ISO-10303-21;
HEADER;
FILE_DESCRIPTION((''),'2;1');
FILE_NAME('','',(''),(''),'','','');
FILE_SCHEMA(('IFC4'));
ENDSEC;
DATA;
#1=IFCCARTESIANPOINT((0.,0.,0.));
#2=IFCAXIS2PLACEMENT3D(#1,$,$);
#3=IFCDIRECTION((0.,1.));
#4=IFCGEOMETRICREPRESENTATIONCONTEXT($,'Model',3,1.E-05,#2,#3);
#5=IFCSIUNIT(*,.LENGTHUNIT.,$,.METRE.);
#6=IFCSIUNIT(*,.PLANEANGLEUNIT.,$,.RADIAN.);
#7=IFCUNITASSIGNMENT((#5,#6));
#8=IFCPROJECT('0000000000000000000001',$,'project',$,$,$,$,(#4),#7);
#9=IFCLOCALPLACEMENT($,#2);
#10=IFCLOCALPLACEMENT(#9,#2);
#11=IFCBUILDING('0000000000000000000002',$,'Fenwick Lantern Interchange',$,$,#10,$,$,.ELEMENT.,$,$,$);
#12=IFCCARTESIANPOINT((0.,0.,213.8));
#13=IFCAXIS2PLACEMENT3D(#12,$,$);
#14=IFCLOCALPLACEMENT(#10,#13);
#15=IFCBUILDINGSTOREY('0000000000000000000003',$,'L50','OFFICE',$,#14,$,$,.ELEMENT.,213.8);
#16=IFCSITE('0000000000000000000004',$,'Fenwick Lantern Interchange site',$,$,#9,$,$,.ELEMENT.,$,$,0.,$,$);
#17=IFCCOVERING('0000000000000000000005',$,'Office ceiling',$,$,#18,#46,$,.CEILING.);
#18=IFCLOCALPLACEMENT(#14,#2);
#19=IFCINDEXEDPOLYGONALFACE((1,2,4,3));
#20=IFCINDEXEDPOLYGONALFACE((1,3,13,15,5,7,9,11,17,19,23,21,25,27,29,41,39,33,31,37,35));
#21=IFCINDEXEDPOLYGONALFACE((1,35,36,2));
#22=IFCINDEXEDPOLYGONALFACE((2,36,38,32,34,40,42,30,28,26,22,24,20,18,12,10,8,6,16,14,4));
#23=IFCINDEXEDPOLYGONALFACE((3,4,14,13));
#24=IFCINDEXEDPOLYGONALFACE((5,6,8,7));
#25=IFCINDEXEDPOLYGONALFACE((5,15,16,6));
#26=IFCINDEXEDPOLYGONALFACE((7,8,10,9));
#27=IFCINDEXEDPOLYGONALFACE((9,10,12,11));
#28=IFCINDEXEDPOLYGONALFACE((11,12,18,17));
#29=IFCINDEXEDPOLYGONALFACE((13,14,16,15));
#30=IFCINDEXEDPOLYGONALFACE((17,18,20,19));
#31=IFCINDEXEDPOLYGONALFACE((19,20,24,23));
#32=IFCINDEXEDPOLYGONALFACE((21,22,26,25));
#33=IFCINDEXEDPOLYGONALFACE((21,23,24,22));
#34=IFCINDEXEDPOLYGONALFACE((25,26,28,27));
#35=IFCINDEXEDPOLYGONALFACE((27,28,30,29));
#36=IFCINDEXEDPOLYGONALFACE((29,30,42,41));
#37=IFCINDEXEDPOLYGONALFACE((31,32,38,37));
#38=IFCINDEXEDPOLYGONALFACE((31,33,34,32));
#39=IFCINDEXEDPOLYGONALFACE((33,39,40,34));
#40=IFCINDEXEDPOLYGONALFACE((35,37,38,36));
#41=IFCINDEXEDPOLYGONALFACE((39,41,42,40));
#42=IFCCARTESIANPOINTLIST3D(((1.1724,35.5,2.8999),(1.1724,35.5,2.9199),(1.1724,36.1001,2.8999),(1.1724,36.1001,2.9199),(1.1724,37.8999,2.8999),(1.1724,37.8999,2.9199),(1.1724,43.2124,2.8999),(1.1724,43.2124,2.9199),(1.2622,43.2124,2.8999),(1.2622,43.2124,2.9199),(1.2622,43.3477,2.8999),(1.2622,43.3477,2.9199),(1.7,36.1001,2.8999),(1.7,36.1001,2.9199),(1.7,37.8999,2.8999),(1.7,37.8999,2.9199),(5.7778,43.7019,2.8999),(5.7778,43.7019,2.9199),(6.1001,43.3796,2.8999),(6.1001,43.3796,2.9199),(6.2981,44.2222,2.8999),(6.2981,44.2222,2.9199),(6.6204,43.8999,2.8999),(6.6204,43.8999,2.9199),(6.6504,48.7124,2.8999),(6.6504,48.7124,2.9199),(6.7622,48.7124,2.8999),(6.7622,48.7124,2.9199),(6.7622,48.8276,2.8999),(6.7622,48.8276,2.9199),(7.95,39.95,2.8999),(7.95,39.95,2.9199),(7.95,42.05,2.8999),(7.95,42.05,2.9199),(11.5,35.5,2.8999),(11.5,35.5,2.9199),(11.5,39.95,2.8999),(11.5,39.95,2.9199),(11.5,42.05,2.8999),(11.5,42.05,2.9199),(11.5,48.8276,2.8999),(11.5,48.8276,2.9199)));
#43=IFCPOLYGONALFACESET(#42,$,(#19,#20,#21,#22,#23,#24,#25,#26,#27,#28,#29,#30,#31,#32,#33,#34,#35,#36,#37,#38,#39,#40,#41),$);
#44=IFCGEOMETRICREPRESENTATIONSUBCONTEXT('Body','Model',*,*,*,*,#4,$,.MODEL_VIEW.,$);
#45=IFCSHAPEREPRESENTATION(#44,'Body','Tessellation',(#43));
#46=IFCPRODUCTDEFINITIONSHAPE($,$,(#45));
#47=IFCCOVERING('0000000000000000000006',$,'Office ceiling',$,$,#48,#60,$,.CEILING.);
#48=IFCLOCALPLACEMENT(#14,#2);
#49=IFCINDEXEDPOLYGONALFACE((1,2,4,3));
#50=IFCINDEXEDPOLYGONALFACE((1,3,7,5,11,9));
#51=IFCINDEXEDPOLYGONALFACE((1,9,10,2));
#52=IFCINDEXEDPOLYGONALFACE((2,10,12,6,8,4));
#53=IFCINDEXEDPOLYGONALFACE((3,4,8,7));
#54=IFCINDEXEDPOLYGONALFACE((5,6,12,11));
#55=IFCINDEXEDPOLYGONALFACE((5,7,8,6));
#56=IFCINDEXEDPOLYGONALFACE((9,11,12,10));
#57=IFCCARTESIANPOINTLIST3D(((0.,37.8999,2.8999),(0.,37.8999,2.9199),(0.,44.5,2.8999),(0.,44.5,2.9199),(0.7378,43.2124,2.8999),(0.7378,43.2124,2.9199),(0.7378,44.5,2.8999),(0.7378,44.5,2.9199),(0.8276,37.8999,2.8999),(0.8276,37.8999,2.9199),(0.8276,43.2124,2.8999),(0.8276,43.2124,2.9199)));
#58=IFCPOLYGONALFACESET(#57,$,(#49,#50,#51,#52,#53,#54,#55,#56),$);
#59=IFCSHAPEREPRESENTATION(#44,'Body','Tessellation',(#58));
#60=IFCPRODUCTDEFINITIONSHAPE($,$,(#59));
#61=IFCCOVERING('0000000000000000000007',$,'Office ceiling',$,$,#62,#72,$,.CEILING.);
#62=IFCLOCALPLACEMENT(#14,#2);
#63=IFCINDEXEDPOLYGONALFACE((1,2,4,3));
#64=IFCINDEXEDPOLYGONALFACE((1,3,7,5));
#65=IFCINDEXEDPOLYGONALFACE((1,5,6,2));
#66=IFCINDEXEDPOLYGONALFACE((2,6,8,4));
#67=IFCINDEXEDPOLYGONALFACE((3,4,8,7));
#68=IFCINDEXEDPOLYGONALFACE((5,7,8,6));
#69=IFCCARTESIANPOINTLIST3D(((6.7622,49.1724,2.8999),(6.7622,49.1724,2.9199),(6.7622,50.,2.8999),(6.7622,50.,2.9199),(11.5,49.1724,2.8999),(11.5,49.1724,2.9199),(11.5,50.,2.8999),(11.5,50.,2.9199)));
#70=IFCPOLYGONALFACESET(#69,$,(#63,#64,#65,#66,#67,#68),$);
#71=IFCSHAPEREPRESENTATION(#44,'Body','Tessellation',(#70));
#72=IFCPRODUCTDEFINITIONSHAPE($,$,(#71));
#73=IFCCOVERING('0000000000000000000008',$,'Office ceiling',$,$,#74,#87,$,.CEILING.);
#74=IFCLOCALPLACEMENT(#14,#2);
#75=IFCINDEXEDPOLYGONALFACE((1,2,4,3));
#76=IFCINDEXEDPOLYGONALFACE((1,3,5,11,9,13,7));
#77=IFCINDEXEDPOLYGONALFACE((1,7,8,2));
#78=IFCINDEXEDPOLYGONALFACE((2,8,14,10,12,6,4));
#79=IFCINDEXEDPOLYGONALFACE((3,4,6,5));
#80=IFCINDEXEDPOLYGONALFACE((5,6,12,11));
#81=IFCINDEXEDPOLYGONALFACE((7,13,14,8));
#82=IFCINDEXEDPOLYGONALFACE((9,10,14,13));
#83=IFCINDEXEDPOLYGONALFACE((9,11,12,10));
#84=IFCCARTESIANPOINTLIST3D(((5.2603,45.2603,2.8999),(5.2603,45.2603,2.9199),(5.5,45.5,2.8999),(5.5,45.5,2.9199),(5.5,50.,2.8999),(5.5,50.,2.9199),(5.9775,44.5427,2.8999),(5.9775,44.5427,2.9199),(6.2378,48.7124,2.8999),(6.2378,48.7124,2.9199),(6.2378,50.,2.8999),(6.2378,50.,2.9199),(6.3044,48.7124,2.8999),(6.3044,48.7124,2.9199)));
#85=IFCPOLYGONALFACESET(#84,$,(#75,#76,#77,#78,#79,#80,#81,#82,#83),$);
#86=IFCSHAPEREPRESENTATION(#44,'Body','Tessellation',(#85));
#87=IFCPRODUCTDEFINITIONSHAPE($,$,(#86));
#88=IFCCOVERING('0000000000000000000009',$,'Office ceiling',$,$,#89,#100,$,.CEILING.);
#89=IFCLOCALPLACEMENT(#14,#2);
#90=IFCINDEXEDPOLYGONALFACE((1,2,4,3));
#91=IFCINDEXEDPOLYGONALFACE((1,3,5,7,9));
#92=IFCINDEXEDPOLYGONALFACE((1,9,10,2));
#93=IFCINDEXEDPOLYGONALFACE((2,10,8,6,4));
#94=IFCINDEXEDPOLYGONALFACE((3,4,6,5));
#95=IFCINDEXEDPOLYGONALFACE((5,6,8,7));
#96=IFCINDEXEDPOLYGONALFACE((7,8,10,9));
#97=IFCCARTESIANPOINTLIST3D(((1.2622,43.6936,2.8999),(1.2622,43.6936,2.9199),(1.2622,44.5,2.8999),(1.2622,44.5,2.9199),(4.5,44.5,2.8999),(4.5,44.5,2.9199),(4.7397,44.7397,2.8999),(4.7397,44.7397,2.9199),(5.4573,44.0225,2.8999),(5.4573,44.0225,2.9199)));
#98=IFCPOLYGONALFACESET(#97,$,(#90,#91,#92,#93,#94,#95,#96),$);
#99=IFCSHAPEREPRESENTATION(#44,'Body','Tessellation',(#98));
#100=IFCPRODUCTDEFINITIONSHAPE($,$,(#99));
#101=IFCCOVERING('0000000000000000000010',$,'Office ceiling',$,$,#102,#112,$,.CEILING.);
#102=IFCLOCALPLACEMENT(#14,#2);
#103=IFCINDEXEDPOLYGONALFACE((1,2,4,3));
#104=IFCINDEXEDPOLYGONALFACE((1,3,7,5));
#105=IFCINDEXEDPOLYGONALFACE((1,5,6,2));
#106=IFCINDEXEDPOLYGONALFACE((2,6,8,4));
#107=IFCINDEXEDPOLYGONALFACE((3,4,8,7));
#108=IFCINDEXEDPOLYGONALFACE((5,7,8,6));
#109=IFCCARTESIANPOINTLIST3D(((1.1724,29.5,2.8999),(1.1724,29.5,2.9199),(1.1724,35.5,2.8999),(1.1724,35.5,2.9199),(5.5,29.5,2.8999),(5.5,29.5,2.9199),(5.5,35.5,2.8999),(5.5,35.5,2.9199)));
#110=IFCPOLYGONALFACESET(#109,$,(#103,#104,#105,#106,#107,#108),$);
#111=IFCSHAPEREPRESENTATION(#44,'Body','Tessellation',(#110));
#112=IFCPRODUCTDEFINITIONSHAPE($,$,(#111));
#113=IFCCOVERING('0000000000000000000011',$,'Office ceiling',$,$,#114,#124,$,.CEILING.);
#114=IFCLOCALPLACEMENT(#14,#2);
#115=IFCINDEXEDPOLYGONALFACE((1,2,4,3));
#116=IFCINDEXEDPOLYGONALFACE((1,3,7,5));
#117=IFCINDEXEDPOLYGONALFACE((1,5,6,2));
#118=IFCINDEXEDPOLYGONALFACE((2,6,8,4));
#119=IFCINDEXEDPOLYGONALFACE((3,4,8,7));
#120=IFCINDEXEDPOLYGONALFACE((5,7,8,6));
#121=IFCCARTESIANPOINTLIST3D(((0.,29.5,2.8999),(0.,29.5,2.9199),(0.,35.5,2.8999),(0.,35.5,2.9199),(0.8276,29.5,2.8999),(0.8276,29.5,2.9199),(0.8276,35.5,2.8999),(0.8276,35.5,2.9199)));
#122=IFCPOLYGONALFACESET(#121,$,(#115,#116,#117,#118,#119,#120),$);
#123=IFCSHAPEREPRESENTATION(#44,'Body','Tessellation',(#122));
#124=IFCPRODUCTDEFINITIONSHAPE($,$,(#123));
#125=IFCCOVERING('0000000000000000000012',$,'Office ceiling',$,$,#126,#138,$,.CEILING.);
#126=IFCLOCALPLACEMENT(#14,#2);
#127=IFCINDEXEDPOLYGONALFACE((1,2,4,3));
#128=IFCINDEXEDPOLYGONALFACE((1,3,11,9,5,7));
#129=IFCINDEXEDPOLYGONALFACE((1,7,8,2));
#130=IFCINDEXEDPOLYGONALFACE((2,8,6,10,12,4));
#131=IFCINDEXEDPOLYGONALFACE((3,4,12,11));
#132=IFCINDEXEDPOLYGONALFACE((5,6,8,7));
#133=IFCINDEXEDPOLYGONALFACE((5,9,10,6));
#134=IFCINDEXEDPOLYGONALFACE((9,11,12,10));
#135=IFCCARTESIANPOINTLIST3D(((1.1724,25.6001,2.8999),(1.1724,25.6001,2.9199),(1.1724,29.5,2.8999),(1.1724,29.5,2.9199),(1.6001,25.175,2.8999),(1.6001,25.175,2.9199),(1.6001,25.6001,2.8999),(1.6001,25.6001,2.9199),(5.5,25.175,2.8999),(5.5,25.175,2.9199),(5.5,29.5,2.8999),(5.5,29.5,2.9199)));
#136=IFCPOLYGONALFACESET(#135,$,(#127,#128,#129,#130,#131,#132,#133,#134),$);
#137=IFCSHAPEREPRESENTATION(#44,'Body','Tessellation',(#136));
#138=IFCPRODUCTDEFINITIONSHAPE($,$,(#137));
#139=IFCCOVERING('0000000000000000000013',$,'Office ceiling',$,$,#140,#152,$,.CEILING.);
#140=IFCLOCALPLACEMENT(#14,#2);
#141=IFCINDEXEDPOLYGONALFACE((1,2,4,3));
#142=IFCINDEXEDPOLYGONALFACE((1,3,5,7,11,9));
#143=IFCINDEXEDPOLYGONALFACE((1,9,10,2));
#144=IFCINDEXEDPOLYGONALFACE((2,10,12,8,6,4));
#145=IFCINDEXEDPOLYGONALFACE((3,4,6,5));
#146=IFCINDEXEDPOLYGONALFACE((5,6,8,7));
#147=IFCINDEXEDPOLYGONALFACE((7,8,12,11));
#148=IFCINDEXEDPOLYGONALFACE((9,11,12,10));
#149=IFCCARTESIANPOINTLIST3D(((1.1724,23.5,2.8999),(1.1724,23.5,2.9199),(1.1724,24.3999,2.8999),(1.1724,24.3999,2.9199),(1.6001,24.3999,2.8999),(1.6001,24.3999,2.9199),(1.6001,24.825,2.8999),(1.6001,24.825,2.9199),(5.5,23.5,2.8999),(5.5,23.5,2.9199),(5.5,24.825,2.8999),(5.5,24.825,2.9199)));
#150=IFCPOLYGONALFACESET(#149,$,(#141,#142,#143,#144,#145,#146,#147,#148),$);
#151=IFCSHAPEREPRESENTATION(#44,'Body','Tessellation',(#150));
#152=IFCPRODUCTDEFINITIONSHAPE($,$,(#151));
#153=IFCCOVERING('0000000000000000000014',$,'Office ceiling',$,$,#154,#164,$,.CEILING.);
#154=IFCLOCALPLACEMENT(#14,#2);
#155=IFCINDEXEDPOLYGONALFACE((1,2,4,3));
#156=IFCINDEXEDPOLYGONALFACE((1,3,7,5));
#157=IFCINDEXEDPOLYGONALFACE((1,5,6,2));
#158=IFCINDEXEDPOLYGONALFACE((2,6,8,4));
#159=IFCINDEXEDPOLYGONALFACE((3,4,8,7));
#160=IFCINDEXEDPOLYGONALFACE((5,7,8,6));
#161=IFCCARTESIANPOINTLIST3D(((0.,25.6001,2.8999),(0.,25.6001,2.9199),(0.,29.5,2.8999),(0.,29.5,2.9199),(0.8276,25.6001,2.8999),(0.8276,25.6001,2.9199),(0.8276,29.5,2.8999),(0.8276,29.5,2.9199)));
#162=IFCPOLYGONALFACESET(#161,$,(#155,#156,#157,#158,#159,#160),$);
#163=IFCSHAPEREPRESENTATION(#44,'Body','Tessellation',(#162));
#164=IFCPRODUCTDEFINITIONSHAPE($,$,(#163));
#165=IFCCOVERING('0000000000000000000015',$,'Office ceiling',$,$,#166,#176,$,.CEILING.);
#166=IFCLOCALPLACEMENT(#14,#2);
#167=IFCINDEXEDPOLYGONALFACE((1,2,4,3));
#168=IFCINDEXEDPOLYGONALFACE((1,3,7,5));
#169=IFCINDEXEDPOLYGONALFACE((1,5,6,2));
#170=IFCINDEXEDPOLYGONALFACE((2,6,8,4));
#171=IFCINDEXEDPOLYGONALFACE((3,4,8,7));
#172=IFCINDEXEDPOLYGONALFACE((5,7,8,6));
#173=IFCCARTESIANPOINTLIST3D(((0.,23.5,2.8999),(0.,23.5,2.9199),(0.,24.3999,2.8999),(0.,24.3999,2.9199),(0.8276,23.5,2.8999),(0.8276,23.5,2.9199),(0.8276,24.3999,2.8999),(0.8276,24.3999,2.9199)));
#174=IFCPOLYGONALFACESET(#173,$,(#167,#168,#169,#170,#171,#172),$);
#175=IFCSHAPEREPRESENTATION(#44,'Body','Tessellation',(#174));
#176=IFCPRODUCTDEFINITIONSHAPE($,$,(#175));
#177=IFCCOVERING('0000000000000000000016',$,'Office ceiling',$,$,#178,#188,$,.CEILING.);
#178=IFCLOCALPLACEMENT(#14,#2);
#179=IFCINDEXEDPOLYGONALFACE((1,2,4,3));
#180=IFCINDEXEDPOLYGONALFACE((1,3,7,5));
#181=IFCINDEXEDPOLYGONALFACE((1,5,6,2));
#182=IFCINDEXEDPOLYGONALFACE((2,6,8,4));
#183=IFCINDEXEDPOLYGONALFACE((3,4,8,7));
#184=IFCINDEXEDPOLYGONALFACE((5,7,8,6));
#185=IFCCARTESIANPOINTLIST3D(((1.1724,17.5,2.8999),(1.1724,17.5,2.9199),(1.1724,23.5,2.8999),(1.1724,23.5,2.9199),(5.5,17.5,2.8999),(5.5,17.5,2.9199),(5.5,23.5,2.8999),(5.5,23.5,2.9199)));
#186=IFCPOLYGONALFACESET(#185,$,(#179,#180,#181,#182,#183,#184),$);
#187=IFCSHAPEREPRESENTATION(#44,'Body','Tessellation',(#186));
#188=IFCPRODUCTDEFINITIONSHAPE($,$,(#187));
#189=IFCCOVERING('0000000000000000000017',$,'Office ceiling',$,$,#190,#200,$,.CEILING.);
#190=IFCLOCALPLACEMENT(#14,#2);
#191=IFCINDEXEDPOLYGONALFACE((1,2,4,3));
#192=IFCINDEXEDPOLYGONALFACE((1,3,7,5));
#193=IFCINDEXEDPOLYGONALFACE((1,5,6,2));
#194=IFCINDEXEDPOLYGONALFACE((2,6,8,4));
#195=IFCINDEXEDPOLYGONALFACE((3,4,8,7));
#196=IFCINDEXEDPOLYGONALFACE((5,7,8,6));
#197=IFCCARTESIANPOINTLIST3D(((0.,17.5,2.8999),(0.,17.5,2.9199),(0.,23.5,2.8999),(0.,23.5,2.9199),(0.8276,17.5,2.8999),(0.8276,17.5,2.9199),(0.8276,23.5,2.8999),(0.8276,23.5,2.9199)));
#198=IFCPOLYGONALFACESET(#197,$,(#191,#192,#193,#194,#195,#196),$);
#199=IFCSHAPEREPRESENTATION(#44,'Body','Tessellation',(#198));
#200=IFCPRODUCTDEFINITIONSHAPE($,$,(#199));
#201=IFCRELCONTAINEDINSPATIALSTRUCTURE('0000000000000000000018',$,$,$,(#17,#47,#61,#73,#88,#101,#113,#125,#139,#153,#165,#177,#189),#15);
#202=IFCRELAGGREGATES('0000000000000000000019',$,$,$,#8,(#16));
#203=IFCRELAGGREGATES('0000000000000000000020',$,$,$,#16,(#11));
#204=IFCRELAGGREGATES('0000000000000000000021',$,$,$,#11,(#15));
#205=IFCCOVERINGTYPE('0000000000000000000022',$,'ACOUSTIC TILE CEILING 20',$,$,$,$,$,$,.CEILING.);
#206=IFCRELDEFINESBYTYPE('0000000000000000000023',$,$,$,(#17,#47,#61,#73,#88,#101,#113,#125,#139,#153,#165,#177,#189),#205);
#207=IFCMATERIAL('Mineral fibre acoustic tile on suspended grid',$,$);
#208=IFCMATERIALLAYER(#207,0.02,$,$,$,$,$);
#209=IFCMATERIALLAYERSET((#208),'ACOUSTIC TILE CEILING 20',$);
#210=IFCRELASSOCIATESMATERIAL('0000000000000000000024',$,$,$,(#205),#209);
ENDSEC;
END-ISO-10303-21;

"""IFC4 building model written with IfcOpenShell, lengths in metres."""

from ifc_helpers import new_model, si_unit, direction, frame, origin, place, context, subcontext, project, spatial, polyline, outline, extrude, material, layer, layer_set, type_object, element, save


model = new_model("IFC4")

# Units and contexts
model_context = context("Model", 3, precision=1e-05, world=origin(), true_north=direction((0.0, 1.0)))
body_context = subcontext(model_context, "Body", "Model", "MODEL_VIEW")
ifc_project = project(units=[si_unit("LENGTHUNIT", "METRE"), si_unit("PLANEANGLEUNIT", "RADIAN")], contexts=[model_context])

# Site, building, storey
site_placement = place(None, origin())
site = spatial("IfcSite", under=ifc_project, at=site_placement, Name="Fenwick Lantern Interchange site", CompositionType="ELEMENT", RefElevation=0.0)
building_placement = place(site_placement, origin())
building = spatial("IfcBuilding", under=site, at=building_placement, Name="Fenwick Lantern Interchange", CompositionType="ELEMENT")
storey_placement = place(building_placement, frame((0.0, 0.0, 213.8)))
storey = spatial("IfcBuildingStorey", under=building, at=storey_placement, Name="L50", Description="OFFICE", CompositionType="ELEMENT", Elevation=213.8)

# Coverings
ifc_material_1 = material(Name="Mineral fibre acoustic tile on suspended grid")
ifc_layer_1 = layer(ifc_material_1, 0.02)
ifc_layer_set_1 = layer_set([ifc_layer_1], Name="ACOUSTIC TILE CEILING 20")
covering_type_1 = type_object("IfcCoveringType", Name="ACOUSTIC TILE CEILING 20", PredefinedType="CEILING", material=ifc_layer_set_1)
covering_1_placement = place(storey_placement, frame((0.0, 0.0, 2.8999)))
element("IfcCovering", 1, at=covering_1_placement, inside=storey, type_object=covering_type_1, Name="Office ceiling", PredefinedType="CEILING", context=body_context, shape_type="SweptSolid", body=[
    extrude(outline(polyline([(6.7622, 48.7124), (6.6504, 48.7124), (6.2981, 44.2222), (6.6204, 43.8999), (6.1001, 43.3796), (5.7778, 43.7019), (1.2622, 43.3477), (1.2622, 43.2124), (1.1724, 43.2124), (1.1724, 37.8999), (1.7, 37.8999), (1.7, 36.1001), (1.1724, 36.1001), (1.1724, 35.5), (11.5, 35.5), (11.5, 39.95), (7.95, 39.95), (7.95, 42.05), (11.5, 42.05), (11.5, 48.8276), (6.7622, 48.8276), (6.7622, 48.7124)])), origin(), (0.0, 0.0, 1.0), 0.02),
])
covering_2_placement = place(storey_placement, frame((0.0, 0.0, 2.8999)))
element("IfcCovering", 2, at=covering_2_placement, inside=storey, type_object=covering_type_1, Name="Office ceiling", PredefinedType="CEILING", context=body_context, shape_type="SweptSolid", body=[
    extrude(outline(polyline([(0.0, 37.8999), (0.8276, 37.8999), (0.8276, 43.2124), (0.7378, 43.2124), (0.7378, 44.5), (0.0, 44.5), (0.0, 37.8999)])), origin(), (0.0, 0.0, 1.0), 0.02),
])
covering_3_placement = place(storey_placement, frame((0.0, 0.0, 2.8999)))
element("IfcCovering", 3, at=covering_3_placement, inside=storey, type_object=covering_type_1, Name="Office ceiling", PredefinedType="CEILING", context=body_context, shape_type="SweptSolid", body=[
    extrude(outline(polyline([(6.7622, 50.0), (6.7622, 49.1724), (11.5, 49.1724), (11.5, 50.0), (6.7622, 50.0)])), origin(), (0.0, 0.0, 1.0), 0.02),
])
covering_4_placement = place(storey_placement, frame((0.0, 0.0, 2.8999)))
element("IfcCovering", 4, at=covering_4_placement, inside=storey, type_object=covering_type_1, Name="Office ceiling", PredefinedType="CEILING", context=body_context, shape_type="SweptSolid", body=[
    extrude(outline(polyline([(6.3044, 48.7124), (6.2378, 48.7124), (6.2378, 50.0), (5.5, 50.0), (5.5, 45.5), (5.2603, 45.2603), (5.9775, 44.5427), (6.3044, 48.7124)])), origin(), (0.0, 0.0, 1.0), 0.02),
])
covering_5_placement = place(storey_placement, frame((0.0, 0.0, 2.8999)))
element("IfcCovering", 5, at=covering_5_placement, inside=storey, type_object=covering_type_1, Name="Office ceiling", PredefinedType="CEILING", context=body_context, shape_type="SweptSolid", body=[
    extrude(outline(polyline([(1.2622, 44.5), (1.2622, 43.6936), (5.4573, 44.0225), (4.7397, 44.7397), (4.5, 44.5), (1.2622, 44.5)])), origin(), (0.0, 0.0, 1.0), 0.02),
])
covering_6_placement = place(storey_placement, frame((0.0, 0.0, 2.8999)))
element("IfcCovering", 6, at=covering_6_placement, inside=storey, type_object=covering_type_1, Name="Office ceiling", PredefinedType="CEILING", context=body_context, shape_type="SweptSolid", body=[
    extrude(outline(polyline([(5.5, 35.5), (1.1724, 35.5), (1.1724, 29.5), (5.5, 29.5), (5.5, 35.5)])), origin(), (0.0, 0.0, 1.0), 0.02),
])
covering_7_placement = place(storey_placement, frame((0.0, 0.0, 2.8999)))
element("IfcCovering", 7, at=covering_7_placement, inside=storey, type_object=covering_type_1, Name="Office ceiling", PredefinedType="CEILING", context=body_context, shape_type="SweptSolid", body=[
    extrude(outline(polyline([(0.0, 29.5), (0.8276, 29.5), (0.8276, 35.5), (0.0, 35.5), (0.0, 29.5)])), origin(), (0.0, 0.0, 1.0), 0.02),
])
covering_8_placement = place(storey_placement, frame((0.0, 0.0, 2.8999)))
element("IfcCovering", 8, at=covering_8_placement, inside=storey, type_object=covering_type_1, Name="Office ceiling", PredefinedType="CEILING", context=body_context, shape_type="SweptSolid", body=[
    extrude(outline(polyline([(5.5, 29.5), (1.1724, 29.5), (1.1724, 25.6001), (1.6001, 25.6001), (1.6001, 25.175), (5.5, 25.175), (5.5, 29.5)])), origin(), (0.0, 0.0, 1.0), 0.02),
])
covering_9_placement = place(storey_placement, frame((0.0, 0.0, 2.8999)))
element("IfcCovering", 9, at=covering_9_placement, inside=storey, type_object=covering_type_1, Name="Office ceiling", PredefinedType="CEILING", context=body_context, shape_type="SweptSolid", body=[
    extrude(outline(polyline([(5.5, 23.5), (5.5, 24.825), (1.6001, 24.825), (1.6001, 24.3999), (1.1724, 24.3999), (1.1724, 23.5), (5.5, 23.5)])), origin(), (0.0, 0.0, 1.0), 0.02),
])
covering_10_placement = place(storey_placement, frame((0.0, 0.0, 2.8999)))
element("IfcCovering", 10, at=covering_10_placement, inside=storey, type_object=covering_type_1, Name="Office ceiling", PredefinedType="CEILING", context=body_context, shape_type="SweptSolid", body=[
    extrude(outline(polyline([(0.8276, 29.5), (0.0, 29.5), (0.0, 25.6001), (0.8276, 25.6001), (0.8276, 29.5)])), origin(), (0.0, 0.0, 1.0), 0.02),
])
covering_11_placement = place(storey_placement, frame((0.0, 0.0, 2.8999)))
element("IfcCovering", 11, at=covering_11_placement, inside=storey, type_object=covering_type_1, Name="Office ceiling", PredefinedType="CEILING", context=body_context, shape_type="SweptSolid", body=[
    extrude(outline(polyline([(0.0, 23.5), (0.8276, 23.5), (0.8276, 24.3999), (0.0, 24.3999), (0.0, 23.5)])), origin(), (0.0, 0.0, 1.0), 0.02),
])
covering_12_placement = place(storey_placement, frame((0.0, 0.0, 2.8999)))
element("IfcCovering", 12, at=covering_12_placement, inside=storey, type_object=covering_type_1, Name="Office ceiling", PredefinedType="CEILING", context=body_context, shape_type="SweptSolid", body=[
    extrude(outline(polyline([(5.5, 23.5), (1.1724, 23.5), (1.1724, 17.5), (5.5, 17.5), (5.5, 23.5)])), origin(), (0.0, 0.0, 1.0), 0.02),
])
covering_13_placement = place(storey_placement, frame((0.0, 0.0, 2.8999)))
element("IfcCovering", 13, at=covering_13_placement, inside=storey, type_object=covering_type_1, Name="Office ceiling", PredefinedType="CEILING", context=body_context, shape_type="SweptSolid", body=[
    extrude(outline(polyline([(0.0, 17.5), (0.8276, 17.5), (0.8276, 23.5), (0.0, 23.5), (0.0, 17.5)])), origin(), (0.0, 0.0, 1.0), 0.02),
])

save(model, "model.ifc")
